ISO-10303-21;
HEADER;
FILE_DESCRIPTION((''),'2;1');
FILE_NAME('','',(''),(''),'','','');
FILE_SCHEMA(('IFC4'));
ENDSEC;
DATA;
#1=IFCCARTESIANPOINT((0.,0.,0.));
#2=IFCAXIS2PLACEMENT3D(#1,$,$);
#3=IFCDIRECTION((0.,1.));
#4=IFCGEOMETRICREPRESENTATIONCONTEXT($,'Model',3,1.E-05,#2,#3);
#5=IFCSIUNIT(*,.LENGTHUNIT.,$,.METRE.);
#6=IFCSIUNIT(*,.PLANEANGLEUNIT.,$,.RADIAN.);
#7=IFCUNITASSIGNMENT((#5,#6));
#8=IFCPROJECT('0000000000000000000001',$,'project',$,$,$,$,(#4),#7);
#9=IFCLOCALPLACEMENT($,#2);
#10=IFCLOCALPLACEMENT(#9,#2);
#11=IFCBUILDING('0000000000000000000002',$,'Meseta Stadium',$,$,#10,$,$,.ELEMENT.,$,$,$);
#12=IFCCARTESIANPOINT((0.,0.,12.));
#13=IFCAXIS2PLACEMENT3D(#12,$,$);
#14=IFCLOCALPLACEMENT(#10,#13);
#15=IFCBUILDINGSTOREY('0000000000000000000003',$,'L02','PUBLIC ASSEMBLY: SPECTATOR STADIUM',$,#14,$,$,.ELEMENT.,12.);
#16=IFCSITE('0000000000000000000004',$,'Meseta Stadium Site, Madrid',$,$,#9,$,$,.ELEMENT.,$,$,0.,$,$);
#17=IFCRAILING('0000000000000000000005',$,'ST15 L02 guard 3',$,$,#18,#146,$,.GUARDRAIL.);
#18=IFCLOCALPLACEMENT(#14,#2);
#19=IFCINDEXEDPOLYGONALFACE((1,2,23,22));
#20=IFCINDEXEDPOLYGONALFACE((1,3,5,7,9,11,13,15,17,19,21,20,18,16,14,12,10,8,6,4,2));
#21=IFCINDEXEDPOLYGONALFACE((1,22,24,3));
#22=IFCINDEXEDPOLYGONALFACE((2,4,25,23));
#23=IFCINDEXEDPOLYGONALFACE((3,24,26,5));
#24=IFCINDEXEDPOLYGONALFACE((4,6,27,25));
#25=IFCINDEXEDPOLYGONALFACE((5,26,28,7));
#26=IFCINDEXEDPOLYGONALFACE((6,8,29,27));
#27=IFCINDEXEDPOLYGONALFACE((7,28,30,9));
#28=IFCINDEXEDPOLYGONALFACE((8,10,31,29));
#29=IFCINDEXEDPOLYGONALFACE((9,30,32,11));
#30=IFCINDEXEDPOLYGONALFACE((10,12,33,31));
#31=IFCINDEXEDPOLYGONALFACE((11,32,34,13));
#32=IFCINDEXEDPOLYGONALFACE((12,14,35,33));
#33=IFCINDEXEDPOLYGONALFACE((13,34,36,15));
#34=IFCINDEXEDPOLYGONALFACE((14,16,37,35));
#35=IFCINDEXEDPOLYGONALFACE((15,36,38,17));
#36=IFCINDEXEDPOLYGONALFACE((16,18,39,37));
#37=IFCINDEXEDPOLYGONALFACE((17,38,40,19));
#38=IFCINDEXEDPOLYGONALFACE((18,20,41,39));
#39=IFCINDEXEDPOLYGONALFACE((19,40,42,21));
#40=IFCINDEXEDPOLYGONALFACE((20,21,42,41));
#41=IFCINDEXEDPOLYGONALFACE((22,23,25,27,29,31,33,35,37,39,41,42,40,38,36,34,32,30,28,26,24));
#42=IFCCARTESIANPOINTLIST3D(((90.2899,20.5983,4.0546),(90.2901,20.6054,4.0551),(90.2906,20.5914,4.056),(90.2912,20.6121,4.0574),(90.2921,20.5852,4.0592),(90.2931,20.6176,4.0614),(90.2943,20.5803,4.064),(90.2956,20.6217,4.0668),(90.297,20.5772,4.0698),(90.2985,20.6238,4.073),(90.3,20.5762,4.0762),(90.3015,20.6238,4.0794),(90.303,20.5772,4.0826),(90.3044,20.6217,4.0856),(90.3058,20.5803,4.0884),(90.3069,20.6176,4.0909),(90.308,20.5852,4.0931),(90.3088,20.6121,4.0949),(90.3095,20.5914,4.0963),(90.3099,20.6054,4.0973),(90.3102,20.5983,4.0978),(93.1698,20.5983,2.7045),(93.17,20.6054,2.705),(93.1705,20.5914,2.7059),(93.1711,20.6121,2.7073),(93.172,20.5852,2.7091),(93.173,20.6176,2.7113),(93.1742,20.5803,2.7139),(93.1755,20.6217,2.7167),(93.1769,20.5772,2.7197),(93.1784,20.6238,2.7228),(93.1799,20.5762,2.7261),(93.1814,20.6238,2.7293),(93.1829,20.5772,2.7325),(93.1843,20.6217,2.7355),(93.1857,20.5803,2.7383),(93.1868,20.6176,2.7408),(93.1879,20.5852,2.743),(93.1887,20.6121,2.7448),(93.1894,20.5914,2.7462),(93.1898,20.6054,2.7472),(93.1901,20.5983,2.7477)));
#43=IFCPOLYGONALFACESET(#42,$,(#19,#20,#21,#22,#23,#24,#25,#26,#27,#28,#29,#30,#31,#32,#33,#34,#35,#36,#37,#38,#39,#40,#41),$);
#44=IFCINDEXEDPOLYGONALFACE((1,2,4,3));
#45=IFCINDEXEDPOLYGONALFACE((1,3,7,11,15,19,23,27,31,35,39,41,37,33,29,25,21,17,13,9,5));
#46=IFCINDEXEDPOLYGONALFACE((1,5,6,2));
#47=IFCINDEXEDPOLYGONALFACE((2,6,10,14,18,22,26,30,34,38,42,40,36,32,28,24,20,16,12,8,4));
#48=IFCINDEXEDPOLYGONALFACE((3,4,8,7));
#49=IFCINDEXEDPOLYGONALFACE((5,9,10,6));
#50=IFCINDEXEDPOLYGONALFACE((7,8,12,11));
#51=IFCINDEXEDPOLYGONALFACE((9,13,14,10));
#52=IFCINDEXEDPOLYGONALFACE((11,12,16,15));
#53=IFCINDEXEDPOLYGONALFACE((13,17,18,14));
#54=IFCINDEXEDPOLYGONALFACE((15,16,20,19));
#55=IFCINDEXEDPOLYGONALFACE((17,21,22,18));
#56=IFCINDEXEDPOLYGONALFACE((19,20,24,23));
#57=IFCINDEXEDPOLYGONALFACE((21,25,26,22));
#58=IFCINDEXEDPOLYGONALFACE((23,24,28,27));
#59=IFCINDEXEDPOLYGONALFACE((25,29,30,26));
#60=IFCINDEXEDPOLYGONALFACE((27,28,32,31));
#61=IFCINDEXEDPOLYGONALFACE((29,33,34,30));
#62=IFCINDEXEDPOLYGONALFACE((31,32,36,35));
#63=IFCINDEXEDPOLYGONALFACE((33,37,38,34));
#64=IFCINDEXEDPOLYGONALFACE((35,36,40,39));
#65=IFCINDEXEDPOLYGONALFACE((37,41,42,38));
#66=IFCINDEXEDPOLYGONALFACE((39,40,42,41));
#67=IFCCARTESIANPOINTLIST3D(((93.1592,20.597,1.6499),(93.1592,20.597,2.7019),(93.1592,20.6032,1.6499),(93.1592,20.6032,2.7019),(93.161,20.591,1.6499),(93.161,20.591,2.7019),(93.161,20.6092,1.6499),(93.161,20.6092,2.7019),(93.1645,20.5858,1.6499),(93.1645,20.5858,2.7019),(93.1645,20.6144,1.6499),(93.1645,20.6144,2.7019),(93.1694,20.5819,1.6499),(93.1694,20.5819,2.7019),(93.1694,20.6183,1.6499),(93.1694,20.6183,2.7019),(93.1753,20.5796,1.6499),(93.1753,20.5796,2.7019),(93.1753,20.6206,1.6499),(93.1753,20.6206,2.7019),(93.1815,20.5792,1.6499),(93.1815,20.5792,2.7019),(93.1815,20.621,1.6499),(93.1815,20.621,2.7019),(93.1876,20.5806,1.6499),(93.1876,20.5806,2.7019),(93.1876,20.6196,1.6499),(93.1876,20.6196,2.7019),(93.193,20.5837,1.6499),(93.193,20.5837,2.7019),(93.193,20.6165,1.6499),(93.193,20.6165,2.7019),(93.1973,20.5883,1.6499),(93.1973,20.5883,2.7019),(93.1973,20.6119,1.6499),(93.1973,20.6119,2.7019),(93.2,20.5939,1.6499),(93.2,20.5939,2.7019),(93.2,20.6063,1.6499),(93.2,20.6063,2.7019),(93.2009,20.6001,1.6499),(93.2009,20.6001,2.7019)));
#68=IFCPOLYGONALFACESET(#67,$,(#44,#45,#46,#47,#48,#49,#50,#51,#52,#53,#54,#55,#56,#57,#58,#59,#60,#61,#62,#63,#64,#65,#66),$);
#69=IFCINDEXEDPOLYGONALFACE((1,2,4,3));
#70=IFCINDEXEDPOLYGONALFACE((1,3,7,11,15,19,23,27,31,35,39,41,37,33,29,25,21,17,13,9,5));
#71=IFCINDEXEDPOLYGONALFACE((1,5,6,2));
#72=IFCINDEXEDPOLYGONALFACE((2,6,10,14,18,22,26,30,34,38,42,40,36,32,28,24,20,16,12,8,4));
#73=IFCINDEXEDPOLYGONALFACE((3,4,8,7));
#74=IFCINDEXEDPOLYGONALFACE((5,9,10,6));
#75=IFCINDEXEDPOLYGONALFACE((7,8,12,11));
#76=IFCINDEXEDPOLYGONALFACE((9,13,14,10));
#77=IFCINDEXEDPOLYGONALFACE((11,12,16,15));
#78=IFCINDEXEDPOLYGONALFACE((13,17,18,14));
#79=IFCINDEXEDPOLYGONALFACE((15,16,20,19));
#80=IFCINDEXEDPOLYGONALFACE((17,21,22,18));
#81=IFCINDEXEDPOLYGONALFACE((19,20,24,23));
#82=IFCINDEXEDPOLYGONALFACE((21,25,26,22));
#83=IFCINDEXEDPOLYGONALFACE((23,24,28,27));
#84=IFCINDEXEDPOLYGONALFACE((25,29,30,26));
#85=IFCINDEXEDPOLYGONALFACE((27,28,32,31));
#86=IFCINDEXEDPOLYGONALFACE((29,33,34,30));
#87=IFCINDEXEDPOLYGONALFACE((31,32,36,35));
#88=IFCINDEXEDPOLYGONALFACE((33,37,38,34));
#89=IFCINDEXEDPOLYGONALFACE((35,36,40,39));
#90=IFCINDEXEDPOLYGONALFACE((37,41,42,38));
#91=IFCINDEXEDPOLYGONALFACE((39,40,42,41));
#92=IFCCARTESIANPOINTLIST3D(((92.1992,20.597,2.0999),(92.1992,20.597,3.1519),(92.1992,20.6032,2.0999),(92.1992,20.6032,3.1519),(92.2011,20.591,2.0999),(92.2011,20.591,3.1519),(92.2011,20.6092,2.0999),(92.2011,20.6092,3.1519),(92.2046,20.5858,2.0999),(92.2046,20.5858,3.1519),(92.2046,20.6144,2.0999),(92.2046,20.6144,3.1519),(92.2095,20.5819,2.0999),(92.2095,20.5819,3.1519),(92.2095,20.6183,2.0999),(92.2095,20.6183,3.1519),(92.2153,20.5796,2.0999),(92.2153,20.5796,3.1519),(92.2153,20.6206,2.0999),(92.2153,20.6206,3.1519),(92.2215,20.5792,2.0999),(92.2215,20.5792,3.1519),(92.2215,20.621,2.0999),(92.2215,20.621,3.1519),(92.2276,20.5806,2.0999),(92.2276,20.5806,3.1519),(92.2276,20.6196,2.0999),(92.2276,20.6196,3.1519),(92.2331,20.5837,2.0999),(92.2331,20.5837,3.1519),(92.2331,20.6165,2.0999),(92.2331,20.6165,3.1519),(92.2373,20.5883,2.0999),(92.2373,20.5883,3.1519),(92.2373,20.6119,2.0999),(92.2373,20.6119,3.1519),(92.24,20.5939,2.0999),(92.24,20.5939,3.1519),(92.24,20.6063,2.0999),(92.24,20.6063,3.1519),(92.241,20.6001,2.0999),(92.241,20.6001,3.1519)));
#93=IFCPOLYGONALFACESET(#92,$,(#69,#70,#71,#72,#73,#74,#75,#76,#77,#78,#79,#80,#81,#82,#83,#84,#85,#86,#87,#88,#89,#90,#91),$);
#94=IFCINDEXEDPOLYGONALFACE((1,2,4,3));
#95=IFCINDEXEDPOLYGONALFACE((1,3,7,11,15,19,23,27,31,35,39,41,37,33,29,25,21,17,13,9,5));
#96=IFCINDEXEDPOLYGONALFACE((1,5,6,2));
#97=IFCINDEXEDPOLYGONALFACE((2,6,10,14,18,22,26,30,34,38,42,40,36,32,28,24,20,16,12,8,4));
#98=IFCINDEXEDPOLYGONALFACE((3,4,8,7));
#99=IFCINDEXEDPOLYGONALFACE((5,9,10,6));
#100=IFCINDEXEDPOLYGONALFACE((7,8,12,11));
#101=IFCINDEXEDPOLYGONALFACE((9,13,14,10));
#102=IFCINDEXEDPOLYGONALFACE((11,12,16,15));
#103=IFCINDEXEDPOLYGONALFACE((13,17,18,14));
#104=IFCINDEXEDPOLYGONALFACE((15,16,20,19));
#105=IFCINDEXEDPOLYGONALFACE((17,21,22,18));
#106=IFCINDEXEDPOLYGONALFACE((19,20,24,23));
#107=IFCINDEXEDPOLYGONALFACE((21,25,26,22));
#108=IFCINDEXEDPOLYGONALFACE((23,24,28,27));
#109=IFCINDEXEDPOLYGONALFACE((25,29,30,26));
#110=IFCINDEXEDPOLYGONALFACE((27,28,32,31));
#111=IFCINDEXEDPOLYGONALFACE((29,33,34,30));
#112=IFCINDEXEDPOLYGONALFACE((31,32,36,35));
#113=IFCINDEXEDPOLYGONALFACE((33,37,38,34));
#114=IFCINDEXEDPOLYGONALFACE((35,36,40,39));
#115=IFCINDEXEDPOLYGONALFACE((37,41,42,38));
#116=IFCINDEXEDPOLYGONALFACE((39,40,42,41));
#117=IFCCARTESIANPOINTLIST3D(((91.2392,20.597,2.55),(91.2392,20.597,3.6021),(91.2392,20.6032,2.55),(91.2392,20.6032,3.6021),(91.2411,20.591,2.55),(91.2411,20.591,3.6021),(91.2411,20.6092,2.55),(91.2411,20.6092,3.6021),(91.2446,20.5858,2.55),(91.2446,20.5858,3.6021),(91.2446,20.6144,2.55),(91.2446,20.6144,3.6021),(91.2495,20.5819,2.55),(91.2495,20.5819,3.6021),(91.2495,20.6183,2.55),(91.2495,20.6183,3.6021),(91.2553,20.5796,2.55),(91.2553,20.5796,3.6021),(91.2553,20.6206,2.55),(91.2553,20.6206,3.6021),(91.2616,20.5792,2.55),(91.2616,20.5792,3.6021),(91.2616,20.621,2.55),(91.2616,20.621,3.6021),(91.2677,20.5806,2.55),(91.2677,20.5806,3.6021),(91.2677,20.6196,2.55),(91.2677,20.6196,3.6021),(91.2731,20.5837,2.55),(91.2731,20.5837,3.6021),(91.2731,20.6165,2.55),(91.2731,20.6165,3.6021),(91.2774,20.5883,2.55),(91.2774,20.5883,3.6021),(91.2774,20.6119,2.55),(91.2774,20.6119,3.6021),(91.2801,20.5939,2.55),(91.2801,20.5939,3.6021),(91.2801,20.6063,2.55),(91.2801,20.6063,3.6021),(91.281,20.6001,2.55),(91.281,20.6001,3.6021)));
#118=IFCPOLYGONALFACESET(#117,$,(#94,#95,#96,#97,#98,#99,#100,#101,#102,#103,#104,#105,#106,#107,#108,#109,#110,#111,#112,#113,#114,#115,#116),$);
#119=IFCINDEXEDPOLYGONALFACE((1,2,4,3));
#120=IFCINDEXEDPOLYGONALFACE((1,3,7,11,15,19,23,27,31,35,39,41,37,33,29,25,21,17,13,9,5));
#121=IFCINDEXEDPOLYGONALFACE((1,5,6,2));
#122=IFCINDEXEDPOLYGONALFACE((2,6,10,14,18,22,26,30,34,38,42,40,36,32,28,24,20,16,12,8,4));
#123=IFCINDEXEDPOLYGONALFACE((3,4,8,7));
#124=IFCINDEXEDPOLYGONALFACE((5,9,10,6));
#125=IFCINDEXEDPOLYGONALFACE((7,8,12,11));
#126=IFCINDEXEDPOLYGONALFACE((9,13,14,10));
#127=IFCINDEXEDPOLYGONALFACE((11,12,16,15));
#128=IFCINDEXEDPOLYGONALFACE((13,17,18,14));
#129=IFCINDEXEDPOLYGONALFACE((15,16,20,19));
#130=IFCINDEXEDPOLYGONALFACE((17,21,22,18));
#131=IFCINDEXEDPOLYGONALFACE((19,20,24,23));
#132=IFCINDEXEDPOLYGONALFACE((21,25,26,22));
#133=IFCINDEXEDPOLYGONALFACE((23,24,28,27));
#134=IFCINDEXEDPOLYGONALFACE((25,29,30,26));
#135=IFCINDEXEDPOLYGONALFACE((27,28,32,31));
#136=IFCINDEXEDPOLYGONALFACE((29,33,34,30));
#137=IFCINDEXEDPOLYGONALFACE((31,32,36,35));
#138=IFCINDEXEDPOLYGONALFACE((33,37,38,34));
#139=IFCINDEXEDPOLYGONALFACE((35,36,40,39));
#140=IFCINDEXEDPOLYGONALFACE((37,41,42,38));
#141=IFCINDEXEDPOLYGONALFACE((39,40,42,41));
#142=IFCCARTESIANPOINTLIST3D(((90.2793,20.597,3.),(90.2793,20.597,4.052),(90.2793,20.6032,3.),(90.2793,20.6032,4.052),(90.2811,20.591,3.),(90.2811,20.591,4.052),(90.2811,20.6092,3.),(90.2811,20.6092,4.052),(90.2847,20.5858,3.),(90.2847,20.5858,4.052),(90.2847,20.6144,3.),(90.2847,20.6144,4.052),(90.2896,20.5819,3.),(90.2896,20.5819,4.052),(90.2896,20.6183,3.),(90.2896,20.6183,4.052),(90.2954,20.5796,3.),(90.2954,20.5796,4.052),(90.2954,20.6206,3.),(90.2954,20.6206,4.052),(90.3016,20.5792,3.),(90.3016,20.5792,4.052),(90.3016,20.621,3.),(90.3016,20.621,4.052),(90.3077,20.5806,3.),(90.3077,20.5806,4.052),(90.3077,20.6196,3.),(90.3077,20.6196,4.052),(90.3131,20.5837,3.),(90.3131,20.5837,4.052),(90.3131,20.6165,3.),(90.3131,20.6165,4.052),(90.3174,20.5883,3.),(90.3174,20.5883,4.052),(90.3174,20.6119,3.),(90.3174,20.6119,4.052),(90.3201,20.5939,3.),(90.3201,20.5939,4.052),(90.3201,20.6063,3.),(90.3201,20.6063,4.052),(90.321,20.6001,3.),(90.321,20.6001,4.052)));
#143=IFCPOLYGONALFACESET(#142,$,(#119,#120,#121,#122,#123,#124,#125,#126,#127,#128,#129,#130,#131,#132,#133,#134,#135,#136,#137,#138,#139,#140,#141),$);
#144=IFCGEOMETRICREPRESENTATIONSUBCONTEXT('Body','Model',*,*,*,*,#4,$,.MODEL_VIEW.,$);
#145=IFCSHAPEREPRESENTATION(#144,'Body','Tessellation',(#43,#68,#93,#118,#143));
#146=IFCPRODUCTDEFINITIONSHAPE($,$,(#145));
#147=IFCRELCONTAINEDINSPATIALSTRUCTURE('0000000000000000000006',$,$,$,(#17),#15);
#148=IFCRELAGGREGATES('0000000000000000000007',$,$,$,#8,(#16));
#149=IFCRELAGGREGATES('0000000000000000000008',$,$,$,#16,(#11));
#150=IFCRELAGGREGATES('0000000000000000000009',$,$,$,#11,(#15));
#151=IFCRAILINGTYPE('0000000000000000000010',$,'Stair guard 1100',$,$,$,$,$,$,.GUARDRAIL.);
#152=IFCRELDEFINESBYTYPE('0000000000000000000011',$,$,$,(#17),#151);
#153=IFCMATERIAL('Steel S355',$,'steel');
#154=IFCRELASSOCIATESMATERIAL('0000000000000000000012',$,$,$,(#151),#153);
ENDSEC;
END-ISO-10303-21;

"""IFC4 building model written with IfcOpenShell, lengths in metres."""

from ifc_helpers import new_model, si_unit, direction, frame, origin, origin_2d, place, context, subcontext, project, spatial, circle, extrude, material, type_object, element, save


model = new_model("IFC4")

# Units and contexts
model_context = context("Model", 3, precision=1e-05, world=origin(), true_north=direction((0.0, 1.0)))
body_context = subcontext(model_context, "Body", "Model", "MODEL_VIEW")
ifc_project = project(units=[si_unit("LENGTHUNIT", "METRE"), si_unit("PLANEANGLEUNIT", "RADIAN")], contexts=[model_context])

# Site, building, storey
site_placement = place(None, origin())
site = spatial("IfcSite", under=ifc_project, at=site_placement, Name="Meseta Stadium Site, Madrid", CompositionType="ELEMENT", RefElevation=0.0)
building_placement = place(site_placement, origin())
building = spatial("IfcBuilding", under=site, at=building_placement, Name="Meseta Stadium", CompositionType="ELEMENT")
storey_placement = place(building_placement, frame((0.0, 0.0, 12.0)))
storey = spatial("IfcBuildingStorey", under=building, at=storey_placement, Name="L02", Description="PUBLIC ASSEMBLY: SPECTATOR STADIUM", CompositionType="ELEMENT", Elevation=12.0)

# Railing
ifc_material_1 = material(Name="Steel S355", Category="steel")
railing_type_1 = type_object("IfcRailingType", Name="Stair guard 1100", PredefinedType="GUARDRAIL", material=ifc_material_1)
railing_1_placement = place(storey_placement, frame((93.1799, 20.6001, 1.6499)))
element("IfcRailing", 1, at=railing_1_placement, inside=storey, type_object=railing_type_1, Name="ST15 L02 guard 3", PredefinedType="GUARDRAIL", context=body_context, shape_type="SweptSolid", body=[
    extrude(circle(Radius=0.0239, at=origin_2d()), frame((0.0, 0.0, 1.0762), z_axis=(-0.90544, 0.0, 0.424473), x_axis=(0.0, -1.0, 0.0)), (0.0, 0.0, 1.0), 3.1807),
    extrude(circle(Radius=0.021, at=origin_2d()), origin(), (0.0, 0.0, 1.0), 1.052),
    extrude(circle(Radius=0.021, at=origin_2d()), frame((-0.96, 0.0, 0.45)), (0.0, 0.0, 1.0), 1.052),
    extrude(circle(Radius=0.021, at=origin_2d()), frame((-1.9199, 0.0, 0.9001)), (0.0, 0.0, 1.0), 1.052),
    extrude(circle(Radius=0.021, at=origin_2d()), frame((-2.8799, 0.0, 1.3501)), (0.0, 0.0, 1.0), 1.052),
])

save(model, "model.ifc")
